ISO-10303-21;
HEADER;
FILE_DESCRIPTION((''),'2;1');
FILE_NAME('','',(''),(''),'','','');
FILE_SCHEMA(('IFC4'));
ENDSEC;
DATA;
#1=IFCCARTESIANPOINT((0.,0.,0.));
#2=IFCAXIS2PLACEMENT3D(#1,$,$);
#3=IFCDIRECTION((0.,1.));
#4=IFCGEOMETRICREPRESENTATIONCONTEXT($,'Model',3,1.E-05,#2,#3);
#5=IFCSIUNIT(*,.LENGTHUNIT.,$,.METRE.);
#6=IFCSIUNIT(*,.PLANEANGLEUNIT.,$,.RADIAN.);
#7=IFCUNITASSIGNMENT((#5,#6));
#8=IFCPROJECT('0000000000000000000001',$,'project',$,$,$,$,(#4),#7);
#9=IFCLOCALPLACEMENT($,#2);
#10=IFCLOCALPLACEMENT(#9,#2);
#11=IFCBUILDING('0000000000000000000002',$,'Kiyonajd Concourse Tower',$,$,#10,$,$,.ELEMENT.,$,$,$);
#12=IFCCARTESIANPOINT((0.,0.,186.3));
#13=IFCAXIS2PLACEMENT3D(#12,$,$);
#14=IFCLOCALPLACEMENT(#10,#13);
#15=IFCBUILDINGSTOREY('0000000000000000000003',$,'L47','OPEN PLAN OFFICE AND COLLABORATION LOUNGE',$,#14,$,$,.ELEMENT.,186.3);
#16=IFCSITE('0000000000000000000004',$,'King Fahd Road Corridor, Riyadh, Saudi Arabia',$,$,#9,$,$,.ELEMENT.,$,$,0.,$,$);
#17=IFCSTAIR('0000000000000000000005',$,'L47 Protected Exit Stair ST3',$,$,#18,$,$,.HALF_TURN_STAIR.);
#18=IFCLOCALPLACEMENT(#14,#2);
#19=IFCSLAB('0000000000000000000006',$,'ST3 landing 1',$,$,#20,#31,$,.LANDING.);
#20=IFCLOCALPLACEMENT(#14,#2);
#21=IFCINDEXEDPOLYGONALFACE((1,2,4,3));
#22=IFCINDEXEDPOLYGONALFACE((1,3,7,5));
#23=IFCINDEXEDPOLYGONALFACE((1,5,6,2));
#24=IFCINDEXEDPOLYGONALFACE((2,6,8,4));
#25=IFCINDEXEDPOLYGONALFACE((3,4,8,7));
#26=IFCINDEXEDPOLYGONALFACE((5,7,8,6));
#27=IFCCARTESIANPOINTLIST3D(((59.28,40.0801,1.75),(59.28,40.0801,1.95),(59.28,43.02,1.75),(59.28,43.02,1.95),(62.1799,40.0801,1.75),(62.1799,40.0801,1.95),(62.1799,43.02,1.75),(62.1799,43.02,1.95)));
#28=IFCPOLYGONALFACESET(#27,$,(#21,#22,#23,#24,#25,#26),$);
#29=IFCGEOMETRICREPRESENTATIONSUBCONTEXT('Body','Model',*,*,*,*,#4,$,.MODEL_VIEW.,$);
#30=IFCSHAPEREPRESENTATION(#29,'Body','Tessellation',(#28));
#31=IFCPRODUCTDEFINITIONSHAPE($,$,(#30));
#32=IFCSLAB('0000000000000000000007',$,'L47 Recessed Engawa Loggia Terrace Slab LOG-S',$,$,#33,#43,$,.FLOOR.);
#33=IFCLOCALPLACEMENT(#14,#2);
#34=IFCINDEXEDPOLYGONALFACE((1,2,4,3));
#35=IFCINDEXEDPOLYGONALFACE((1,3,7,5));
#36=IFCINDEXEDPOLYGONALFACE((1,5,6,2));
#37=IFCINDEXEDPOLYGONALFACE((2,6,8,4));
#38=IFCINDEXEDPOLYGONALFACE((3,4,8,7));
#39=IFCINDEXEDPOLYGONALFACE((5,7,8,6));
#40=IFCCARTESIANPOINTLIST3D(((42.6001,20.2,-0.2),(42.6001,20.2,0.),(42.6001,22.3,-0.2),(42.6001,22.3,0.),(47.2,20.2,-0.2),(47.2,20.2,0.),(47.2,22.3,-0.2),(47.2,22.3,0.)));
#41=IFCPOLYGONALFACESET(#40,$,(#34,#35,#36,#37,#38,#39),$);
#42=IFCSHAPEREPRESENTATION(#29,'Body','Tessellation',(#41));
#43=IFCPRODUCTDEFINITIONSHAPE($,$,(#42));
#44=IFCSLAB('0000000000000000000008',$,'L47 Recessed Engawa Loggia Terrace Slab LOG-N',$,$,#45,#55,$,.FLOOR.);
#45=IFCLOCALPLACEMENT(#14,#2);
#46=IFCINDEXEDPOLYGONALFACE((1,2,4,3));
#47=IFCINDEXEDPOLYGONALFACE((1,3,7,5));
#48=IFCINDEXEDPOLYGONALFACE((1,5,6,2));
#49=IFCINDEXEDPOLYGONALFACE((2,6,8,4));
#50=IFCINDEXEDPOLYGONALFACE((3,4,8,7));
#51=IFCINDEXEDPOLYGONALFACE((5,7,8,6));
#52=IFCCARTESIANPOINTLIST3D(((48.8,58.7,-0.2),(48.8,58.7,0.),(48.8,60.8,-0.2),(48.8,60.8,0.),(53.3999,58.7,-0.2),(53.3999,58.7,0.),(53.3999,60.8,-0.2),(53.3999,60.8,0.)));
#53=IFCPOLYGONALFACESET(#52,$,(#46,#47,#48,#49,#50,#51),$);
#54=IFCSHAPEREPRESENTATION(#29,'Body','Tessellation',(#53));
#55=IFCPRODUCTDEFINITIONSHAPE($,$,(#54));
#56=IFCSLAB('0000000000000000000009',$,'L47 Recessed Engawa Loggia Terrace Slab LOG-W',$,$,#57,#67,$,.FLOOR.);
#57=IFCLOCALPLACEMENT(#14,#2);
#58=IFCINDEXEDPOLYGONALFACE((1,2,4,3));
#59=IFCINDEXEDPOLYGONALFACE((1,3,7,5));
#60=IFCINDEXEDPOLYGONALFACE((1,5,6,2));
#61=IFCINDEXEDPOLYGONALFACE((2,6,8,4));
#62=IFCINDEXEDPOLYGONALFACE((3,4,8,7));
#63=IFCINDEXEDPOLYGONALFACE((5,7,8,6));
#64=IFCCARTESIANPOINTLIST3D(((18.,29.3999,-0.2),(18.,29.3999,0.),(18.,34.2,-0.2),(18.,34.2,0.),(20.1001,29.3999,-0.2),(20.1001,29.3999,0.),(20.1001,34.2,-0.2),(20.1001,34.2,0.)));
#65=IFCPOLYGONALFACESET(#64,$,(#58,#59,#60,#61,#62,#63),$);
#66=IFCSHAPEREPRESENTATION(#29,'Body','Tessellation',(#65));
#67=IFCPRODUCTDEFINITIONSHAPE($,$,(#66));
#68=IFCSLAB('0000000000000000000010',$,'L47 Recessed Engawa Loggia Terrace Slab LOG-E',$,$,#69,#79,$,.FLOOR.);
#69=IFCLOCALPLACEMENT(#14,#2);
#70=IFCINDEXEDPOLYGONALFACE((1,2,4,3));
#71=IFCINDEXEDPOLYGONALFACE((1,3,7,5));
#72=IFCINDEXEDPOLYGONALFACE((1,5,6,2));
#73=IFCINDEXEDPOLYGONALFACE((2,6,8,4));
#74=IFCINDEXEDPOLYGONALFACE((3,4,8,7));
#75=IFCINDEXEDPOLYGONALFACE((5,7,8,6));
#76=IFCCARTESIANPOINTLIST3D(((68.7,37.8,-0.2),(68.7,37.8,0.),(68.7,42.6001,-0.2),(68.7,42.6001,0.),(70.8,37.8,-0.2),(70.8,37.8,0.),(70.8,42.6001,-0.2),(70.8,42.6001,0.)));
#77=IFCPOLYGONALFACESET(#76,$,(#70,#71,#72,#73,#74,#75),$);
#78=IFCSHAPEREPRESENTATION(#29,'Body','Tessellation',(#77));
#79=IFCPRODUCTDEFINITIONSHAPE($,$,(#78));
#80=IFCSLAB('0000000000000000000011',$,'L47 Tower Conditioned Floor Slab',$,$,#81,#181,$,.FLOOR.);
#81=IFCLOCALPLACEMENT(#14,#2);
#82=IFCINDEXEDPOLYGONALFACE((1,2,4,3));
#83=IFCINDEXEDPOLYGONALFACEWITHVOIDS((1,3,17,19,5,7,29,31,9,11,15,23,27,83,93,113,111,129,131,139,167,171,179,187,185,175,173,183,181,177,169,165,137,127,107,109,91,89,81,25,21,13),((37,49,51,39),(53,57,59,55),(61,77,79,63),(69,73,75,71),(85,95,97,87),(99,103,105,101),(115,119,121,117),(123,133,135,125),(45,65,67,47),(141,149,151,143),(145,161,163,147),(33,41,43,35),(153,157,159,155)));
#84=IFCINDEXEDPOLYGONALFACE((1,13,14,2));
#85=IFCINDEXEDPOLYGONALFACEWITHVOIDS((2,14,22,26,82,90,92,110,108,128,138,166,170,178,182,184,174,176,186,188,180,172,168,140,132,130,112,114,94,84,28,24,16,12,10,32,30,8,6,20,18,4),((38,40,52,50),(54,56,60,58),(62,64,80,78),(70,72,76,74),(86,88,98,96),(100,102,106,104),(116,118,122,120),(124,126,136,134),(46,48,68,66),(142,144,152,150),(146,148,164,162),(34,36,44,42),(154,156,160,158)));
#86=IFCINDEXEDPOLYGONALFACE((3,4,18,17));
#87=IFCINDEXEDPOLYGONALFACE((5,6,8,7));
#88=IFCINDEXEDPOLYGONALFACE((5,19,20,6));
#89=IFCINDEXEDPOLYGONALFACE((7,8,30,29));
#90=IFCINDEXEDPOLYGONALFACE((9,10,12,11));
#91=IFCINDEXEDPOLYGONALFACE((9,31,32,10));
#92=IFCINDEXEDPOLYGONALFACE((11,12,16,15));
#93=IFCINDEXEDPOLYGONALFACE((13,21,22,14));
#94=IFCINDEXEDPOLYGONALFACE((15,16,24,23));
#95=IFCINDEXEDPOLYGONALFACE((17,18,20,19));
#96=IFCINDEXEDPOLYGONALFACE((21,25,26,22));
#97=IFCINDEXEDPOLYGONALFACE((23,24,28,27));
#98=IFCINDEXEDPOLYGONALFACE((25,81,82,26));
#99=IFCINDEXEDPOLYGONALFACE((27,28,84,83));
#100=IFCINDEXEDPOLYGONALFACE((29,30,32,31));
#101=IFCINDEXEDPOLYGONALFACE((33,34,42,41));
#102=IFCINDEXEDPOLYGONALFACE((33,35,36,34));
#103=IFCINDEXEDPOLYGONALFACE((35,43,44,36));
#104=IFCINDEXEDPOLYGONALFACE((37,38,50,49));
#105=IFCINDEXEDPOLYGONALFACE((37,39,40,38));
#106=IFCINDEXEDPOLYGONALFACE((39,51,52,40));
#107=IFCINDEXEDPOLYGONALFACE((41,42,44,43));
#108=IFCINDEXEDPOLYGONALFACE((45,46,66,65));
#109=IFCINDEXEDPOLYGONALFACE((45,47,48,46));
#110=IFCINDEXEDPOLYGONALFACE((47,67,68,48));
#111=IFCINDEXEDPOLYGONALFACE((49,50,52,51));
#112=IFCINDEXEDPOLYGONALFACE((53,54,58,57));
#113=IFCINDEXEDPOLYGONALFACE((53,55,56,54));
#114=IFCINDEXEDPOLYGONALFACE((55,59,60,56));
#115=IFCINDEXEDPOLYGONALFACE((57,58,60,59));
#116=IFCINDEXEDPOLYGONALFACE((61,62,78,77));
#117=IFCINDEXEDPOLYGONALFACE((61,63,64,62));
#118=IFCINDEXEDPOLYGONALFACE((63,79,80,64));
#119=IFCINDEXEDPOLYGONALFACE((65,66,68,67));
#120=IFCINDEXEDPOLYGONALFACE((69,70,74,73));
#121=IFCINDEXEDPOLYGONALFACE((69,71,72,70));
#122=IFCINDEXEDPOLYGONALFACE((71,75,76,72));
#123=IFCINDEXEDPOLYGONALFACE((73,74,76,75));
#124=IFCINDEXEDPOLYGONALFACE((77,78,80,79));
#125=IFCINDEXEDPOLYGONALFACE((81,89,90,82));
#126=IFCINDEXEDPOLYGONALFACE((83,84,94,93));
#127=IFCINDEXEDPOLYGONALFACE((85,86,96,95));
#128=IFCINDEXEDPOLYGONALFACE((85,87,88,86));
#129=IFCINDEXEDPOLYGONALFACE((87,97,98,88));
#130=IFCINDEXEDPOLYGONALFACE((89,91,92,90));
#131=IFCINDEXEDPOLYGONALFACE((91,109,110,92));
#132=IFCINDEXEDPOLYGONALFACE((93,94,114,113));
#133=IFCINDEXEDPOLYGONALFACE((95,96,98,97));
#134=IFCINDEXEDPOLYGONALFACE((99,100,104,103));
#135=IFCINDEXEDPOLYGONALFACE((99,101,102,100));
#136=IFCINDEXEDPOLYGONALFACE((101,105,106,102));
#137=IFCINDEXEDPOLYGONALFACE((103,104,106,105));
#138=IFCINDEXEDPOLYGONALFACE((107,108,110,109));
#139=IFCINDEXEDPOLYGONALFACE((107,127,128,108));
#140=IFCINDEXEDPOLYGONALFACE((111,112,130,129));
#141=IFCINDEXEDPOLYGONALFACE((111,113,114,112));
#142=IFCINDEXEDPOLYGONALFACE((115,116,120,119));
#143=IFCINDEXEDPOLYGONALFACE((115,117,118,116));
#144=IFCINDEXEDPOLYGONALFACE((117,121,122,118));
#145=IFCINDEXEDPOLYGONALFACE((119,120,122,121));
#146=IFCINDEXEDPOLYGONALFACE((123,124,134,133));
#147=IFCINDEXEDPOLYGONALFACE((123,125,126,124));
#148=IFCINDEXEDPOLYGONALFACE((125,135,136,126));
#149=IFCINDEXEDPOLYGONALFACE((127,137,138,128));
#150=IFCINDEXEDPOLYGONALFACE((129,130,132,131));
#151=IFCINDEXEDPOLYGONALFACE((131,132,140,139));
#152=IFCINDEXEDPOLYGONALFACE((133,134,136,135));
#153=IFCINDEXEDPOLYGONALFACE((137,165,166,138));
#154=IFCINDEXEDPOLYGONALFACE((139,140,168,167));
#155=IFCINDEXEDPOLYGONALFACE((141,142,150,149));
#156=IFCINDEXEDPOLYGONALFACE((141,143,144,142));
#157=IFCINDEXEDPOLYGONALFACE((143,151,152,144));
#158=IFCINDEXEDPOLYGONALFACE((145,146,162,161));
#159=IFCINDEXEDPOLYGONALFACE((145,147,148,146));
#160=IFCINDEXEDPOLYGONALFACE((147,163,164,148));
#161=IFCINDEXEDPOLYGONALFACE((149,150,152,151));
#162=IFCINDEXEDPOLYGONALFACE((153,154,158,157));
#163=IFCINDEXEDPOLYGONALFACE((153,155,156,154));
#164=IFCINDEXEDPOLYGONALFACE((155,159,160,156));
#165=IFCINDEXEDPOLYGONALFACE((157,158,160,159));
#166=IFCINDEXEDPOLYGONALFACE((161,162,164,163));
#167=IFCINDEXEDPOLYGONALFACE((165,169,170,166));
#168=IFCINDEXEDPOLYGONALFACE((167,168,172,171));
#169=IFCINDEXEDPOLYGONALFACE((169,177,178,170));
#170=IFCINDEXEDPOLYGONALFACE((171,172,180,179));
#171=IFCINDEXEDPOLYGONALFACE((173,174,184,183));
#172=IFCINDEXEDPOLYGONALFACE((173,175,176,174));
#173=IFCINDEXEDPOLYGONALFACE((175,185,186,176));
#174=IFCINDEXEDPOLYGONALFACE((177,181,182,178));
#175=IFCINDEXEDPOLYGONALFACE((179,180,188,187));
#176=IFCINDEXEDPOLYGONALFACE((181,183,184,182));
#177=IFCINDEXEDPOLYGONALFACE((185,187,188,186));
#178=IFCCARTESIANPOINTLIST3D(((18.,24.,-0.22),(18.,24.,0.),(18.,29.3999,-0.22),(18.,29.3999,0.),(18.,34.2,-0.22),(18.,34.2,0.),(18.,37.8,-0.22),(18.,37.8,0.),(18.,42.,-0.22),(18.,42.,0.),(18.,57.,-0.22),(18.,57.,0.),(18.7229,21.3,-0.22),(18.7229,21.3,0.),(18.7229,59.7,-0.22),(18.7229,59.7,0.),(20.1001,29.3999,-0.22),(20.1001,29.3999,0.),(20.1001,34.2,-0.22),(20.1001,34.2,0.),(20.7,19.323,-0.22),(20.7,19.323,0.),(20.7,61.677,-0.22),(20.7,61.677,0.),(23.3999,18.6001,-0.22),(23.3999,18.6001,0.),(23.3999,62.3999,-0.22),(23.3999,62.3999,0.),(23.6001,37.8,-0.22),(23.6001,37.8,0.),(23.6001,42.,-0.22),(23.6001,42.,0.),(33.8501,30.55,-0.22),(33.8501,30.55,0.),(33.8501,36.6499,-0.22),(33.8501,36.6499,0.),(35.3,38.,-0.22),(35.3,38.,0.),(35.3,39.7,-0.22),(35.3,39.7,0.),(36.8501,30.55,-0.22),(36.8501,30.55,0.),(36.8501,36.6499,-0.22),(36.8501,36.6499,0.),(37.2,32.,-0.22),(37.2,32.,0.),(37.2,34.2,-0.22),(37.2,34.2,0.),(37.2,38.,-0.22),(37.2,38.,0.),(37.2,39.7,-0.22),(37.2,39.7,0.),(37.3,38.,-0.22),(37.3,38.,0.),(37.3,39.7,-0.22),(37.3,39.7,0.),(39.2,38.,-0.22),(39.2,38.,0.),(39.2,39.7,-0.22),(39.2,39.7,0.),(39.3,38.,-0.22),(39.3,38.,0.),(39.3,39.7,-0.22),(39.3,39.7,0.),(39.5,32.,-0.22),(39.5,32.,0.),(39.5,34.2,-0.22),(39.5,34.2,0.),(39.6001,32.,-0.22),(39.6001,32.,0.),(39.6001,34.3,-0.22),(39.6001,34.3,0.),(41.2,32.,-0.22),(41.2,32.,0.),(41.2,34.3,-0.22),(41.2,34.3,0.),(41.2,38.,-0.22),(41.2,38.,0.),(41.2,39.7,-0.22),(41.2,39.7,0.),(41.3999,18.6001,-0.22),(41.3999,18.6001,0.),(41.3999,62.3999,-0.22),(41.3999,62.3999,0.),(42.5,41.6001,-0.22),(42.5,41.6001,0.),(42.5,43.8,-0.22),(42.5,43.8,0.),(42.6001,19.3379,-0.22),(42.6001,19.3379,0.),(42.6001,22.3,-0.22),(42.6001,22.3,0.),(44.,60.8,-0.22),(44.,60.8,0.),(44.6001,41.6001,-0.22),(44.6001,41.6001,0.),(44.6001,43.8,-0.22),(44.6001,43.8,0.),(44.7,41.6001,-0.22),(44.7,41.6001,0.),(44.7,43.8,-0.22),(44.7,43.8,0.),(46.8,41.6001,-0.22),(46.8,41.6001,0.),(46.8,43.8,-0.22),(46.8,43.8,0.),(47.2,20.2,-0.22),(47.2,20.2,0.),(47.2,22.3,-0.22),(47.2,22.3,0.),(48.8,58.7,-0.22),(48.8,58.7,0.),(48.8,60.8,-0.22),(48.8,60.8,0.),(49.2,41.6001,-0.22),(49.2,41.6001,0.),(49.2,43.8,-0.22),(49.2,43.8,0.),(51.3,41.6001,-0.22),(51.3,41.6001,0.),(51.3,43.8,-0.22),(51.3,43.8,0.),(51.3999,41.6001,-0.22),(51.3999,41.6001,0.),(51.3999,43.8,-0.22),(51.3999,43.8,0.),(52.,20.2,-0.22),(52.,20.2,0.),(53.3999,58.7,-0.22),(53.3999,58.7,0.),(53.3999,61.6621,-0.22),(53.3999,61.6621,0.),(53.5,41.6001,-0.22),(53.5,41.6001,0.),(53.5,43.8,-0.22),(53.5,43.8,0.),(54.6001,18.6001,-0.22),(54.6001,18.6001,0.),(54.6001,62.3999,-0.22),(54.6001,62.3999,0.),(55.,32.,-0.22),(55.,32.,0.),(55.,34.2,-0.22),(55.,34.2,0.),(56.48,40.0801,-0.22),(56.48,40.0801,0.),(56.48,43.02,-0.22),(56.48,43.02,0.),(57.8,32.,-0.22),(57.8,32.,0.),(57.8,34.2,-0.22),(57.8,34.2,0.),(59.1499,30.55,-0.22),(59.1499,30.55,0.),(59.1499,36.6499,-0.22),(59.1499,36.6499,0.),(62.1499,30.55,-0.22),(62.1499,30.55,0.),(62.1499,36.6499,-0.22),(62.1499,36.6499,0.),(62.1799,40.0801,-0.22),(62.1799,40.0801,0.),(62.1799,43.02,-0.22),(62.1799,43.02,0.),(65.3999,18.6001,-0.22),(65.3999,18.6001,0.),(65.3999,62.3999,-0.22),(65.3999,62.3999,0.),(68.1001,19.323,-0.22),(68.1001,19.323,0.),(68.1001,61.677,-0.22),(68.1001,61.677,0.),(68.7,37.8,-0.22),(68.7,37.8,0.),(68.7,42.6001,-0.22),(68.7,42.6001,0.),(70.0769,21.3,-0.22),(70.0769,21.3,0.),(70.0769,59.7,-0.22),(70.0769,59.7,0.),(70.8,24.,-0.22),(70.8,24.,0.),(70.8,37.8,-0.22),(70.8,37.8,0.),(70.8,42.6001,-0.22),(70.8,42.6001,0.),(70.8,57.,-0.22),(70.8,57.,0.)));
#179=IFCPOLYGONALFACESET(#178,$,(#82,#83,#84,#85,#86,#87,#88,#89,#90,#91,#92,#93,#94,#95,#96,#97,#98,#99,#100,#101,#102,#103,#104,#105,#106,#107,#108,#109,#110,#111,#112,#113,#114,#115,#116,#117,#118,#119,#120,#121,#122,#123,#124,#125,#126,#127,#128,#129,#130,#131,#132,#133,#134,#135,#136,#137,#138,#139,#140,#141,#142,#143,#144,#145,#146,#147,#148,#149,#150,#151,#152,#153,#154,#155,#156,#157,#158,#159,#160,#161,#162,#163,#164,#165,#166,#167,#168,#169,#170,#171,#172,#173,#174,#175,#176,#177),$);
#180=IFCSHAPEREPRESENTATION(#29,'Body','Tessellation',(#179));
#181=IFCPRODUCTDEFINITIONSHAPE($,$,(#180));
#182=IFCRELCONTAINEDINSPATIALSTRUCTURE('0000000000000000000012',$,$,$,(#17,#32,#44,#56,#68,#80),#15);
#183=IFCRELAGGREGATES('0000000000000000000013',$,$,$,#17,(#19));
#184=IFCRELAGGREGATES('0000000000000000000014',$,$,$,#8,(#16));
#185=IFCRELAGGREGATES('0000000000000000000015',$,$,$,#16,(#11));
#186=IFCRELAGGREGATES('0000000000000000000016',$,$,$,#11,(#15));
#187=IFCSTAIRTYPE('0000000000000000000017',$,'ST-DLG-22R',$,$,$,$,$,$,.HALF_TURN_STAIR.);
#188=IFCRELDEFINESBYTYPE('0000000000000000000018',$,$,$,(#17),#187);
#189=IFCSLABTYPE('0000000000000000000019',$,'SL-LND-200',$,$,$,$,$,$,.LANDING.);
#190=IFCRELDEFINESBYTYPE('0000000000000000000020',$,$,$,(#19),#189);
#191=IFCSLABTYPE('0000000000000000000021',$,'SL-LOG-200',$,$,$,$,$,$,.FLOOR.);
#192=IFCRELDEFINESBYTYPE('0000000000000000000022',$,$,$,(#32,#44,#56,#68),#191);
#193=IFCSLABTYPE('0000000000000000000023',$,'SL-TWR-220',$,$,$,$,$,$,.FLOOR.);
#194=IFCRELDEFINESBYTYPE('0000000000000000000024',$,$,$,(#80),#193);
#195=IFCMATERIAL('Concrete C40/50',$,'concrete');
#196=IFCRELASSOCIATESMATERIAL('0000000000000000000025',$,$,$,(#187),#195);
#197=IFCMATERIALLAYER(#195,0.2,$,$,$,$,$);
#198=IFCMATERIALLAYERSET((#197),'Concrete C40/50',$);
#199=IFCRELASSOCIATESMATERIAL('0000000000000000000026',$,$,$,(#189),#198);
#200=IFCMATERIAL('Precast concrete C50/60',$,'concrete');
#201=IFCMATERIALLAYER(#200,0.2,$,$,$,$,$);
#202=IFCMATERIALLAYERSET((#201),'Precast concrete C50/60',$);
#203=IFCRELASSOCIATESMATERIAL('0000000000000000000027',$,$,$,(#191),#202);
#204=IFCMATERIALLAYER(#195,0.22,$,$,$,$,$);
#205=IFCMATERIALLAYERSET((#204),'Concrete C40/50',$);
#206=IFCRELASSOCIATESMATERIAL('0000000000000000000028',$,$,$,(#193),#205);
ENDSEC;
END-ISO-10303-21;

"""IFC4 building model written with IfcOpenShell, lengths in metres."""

from ifc_helpers import new_model, si_unit, direction, frame, origin, place, context, subcontext, project, spatial, polyline, outline, extrude, material, layer, layer_set, type_object, element, aggregate, save


model = new_model("IFC4")

# Units and contexts
model_context = context("Model", 3, precision=1e-05, world=origin(), true_north=direction((0.0, 1.0)))
body_context = subcontext(model_context, "Body", "Model", "MODEL_VIEW")
ifc_project = project(units=[si_unit("LENGTHUNIT", "METRE"), si_unit("PLANEANGLEUNIT", "RADIAN")], contexts=[model_context])

# Site, building, storey
site_placement = place(None, origin())
site = spatial("IfcSite", under=ifc_project, at=site_placement, Name="King Fahd Road Corridor, Riyadh, Saudi Arabia", CompositionType="ELEMENT", RefElevation=0.0)
building_placement = place(site_placement, origin())
building = spatial("IfcBuilding", under=site, at=building_placement, Name="Kiyonajd Concourse Tower", CompositionType="ELEMENT")
storey_placement = place(building_placement, frame((0.0, 0.0, 186.3)))
storey = spatial("IfcBuildingStorey", under=building, at=storey_placement, Name="L47", Description="OPEN PLAN OFFICE AND COLLABORATION LOUNGE", CompositionType="ELEMENT", Elevation=186.3)

# Stair, slab
ifc_material_1 = material(Name="Concrete C40/50", Category="concrete")
stair_type = type_object("IfcStairType", Name="ST-DLG-22R", PredefinedType="HALF_TURN_STAIR", material=ifc_material_1)
ifc_layer_1 = layer(ifc_material_1, 0.2)
ifc_layer_set_1 = layer_set([ifc_layer_1], Name="Concrete C40/50")
slab_type_1 = type_object("IfcSlabType", Name="SL-LND-200", PredefinedType="LANDING", material=ifc_layer_set_1)
stair_1_placement = place(storey_placement, origin())
stair_1 = element("IfcStair", 1, at=stair_1_placement, inside=storey, type_object=stair_type, Name="L47 Protected Exit Stair ST3", PredefinedType="HALF_TURN_STAIR")
slab_1_placement = place(storey_placement, frame((0.0, 0.0, 1.75)))
slab_1 = element("IfcSlab", 2, at=slab_1_placement, type_object=slab_type_1, Name="ST3 landing 1", PredefinedType="LANDING", context=body_context, shape_type="SweptSolid", body=[
    extrude(outline(polyline([(59.28, 40.0801), (62.1799, 40.0801), (62.1799, 43.02), (59.28, 43.02), (59.28, 40.0801)])), origin(), (0.0, 0.0, 1.0), 0.2),
])
aggregate(stair_1, [slab_1])

# Slabs
ifc_material_2 = material(Name="Precast concrete C50/60", Category="concrete")
ifc_layer_2 = layer(ifc_material_2, 0.2)
ifc_layer_set_2 = layer_set([ifc_layer_2], Name="Precast concrete C50/60")
slab_type_2 = type_object("IfcSlabType", Name="SL-LOG-200", PredefinedType="FLOOR", material=ifc_layer_set_2)
slab_2_placement = place(storey_placement, frame((0.0, 0.0, -0.2)))
element("IfcSlab", 3, at=slab_2_placement, inside=storey, type_object=slab_type_2, Name="L47 Recessed Engawa Loggia Terrace Slab LOG-S", PredefinedType="FLOOR", context=body_context, shape_type="SweptSolid", body=[
    extrude(outline(polyline([(42.6001, 20.2), (47.2, 20.2), (47.2, 22.3), (42.6001, 22.3), (42.6001, 20.2)])), origin(), (0.0, 0.0, 1.0), 0.2),
])
slab_3_placement = place(storey_placement, frame((0.0, 0.0, -0.2)))
element("IfcSlab", 4, at=slab_3_placement, inside=storey, type_object=slab_type_2, Name="L47 Recessed Engawa Loggia Terrace Slab LOG-N", PredefinedType="FLOOR", context=body_context, shape_type="SweptSolid", body=[
    extrude(outline(polyline([(48.8, 58.7), (53.3999, 58.7), (53.3999, 60.8), (48.8, 60.8), (48.8, 58.7)])), origin(), (0.0, 0.0, 1.0), 0.2),
])
slab_4_placement = place(storey_placement, frame((0.0, 0.0, -0.2)))
element("IfcSlab", 5, at=slab_4_placement, inside=storey, type_object=slab_type_2, Name="L47 Recessed Engawa Loggia Terrace Slab LOG-W", PredefinedType="FLOOR", context=body_context, shape_type="SweptSolid", body=[
    extrude(outline(polyline([(18.0, 29.3999), (20.1001, 29.3999), (20.1001, 34.2), (18.0, 34.2), (18.0, 29.3999)])), origin(), (0.0, 0.0, 1.0), 0.2),
])
slab_5_placement = place(storey_placement, frame((0.0, 0.0, -0.2)))
element("IfcSlab", 6, at=slab_5_placement, inside=storey, type_object=slab_type_2, Name="L47 Recessed Engawa Loggia Terrace Slab LOG-E", PredefinedType="FLOOR", context=body_context, shape_type="SweptSolid", body=[
    extrude(outline(polyline([(68.7, 37.8), (70.8, 37.8), (70.8, 42.6001), (68.7, 42.6001), (68.7, 37.8)])), origin(), (0.0, 0.0, 1.0), 0.2),
])
ifc_layer_3 = layer(ifc_material_1, 0.22)
ifc_layer_set_3 = layer_set([ifc_layer_3], Name="Concrete C40/50")
slab_type_3 = type_object("IfcSlabType", Name="SL-TWR-220", PredefinedType="FLOOR", material=ifc_layer_set_3)
slab_6_placement = place(storey_placement, frame((0.0, 0.0, -0.22)))
element("IfcSlab", 7, at=slab_6_placement, inside=storey, type_object=slab_type_3, Name="L47 Tower Conditioned Floor Slab", PredefinedType="FLOOR", context=body_context, shape_type="SweptSolid", body=[
    extrude(outline(polyline([(18.0, 24.0), (18.0, 29.3999), (20.1001, 29.3999), (20.1001, 34.2), (18.0, 34.2), (18.0, 37.8), (23.6001, 37.8), (23.6001, 42.0), (18.0, 42.0), (18.0, 57.0), (18.7229, 59.7), (20.7, 61.677), (23.3999, 62.3999), (41.3999, 62.3999), (44.0, 60.8), (48.8, 60.8), (48.8, 58.7), (53.3999, 58.7), (53.3999, 61.6621), (54.6001, 62.3999), (65.3999, 62.3999), (68.1001, 61.677), (70.0769, 59.7), (70.8, 57.0), (70.8, 42.6001), (68.7, 42.6001), (68.7, 37.8), (70.8, 37.8), (70.8, 24.0), (70.0769, 21.3), (68.1001, 19.323), (65.3999, 18.6001), (54.6001, 18.6001), (52.0, 20.2), (47.2, 20.2), (47.2, 22.3), (42.6001, 22.3), (42.6001, 19.3379), (41.3999, 18.6001), (23.3999, 18.6001), (20.7, 19.323), (18.7229, 21.3), (18.0, 24.0)]), holes=[polyline([(39.5, 32.0), (37.2, 32.0), (37.2, 34.2), (39.5, 34.2), (39.5, 32.0)]), polyline([(39.6001, 32.0), (39.6001, 34.3), (41.2, 34.3), (41.2, 32.0), (39.6001, 32.0)]), polyline([(33.8501, 30.55), (33.8501, 36.6499), (36.8501, 36.6499), (36.8501, 30.55), (33.8501, 30.55)]), polyline([(37.2, 38.0), (35.3, 38.0), (35.3, 39.7), (37.2, 39.7), (37.2, 38.0)]), polyline([(37.3, 38.0), (37.3, 39.7), (39.2, 39.7), (39.2, 38.0), (37.3, 38.0)]), polyline([(39.3, 38.0), (39.3, 39.7), (41.2, 39.7), (41.2, 38.0), (39.3, 38.0)]), polyline([(44.6001, 41.6001), (42.5, 41.6001), (42.5, 43.8), (44.6001, 43.8), (44.6001, 41.6001)]), polyline([(55.0, 32.0), (55.0, 34.2), (57.8, 34.2), (57.8, 32.0), (55.0, 32.0)]), polyline([(59.1499, 30.55), (59.1499, 36.6499), (62.1499, 36.6499), (62.1499, 30.55), (59.1499, 30.55)]), polyline([(56.48, 43.02), (62.1799, 43.02), (62.1799, 40.0801), (56.48, 40.0801), (56.48, 43.02)]), polyline([(44.7, 41.6001), (44.7, 43.8), (46.8, 43.8), (46.8, 41.6001), (44.7, 41.6001)]), polyline([(49.2, 41.6001), (49.2, 43.8), (51.3, 43.8), (51.3, 41.6001), (49.2, 41.6001)]), polyline([(51.3999, 41.6001), (51.3999, 43.8), (53.5, 43.8), (53.5, 41.6001), (51.3999, 41.6001)])]), origin(), (0.0, 0.0, 1.0), 0.22),
])

save(model, "model.ifc")
